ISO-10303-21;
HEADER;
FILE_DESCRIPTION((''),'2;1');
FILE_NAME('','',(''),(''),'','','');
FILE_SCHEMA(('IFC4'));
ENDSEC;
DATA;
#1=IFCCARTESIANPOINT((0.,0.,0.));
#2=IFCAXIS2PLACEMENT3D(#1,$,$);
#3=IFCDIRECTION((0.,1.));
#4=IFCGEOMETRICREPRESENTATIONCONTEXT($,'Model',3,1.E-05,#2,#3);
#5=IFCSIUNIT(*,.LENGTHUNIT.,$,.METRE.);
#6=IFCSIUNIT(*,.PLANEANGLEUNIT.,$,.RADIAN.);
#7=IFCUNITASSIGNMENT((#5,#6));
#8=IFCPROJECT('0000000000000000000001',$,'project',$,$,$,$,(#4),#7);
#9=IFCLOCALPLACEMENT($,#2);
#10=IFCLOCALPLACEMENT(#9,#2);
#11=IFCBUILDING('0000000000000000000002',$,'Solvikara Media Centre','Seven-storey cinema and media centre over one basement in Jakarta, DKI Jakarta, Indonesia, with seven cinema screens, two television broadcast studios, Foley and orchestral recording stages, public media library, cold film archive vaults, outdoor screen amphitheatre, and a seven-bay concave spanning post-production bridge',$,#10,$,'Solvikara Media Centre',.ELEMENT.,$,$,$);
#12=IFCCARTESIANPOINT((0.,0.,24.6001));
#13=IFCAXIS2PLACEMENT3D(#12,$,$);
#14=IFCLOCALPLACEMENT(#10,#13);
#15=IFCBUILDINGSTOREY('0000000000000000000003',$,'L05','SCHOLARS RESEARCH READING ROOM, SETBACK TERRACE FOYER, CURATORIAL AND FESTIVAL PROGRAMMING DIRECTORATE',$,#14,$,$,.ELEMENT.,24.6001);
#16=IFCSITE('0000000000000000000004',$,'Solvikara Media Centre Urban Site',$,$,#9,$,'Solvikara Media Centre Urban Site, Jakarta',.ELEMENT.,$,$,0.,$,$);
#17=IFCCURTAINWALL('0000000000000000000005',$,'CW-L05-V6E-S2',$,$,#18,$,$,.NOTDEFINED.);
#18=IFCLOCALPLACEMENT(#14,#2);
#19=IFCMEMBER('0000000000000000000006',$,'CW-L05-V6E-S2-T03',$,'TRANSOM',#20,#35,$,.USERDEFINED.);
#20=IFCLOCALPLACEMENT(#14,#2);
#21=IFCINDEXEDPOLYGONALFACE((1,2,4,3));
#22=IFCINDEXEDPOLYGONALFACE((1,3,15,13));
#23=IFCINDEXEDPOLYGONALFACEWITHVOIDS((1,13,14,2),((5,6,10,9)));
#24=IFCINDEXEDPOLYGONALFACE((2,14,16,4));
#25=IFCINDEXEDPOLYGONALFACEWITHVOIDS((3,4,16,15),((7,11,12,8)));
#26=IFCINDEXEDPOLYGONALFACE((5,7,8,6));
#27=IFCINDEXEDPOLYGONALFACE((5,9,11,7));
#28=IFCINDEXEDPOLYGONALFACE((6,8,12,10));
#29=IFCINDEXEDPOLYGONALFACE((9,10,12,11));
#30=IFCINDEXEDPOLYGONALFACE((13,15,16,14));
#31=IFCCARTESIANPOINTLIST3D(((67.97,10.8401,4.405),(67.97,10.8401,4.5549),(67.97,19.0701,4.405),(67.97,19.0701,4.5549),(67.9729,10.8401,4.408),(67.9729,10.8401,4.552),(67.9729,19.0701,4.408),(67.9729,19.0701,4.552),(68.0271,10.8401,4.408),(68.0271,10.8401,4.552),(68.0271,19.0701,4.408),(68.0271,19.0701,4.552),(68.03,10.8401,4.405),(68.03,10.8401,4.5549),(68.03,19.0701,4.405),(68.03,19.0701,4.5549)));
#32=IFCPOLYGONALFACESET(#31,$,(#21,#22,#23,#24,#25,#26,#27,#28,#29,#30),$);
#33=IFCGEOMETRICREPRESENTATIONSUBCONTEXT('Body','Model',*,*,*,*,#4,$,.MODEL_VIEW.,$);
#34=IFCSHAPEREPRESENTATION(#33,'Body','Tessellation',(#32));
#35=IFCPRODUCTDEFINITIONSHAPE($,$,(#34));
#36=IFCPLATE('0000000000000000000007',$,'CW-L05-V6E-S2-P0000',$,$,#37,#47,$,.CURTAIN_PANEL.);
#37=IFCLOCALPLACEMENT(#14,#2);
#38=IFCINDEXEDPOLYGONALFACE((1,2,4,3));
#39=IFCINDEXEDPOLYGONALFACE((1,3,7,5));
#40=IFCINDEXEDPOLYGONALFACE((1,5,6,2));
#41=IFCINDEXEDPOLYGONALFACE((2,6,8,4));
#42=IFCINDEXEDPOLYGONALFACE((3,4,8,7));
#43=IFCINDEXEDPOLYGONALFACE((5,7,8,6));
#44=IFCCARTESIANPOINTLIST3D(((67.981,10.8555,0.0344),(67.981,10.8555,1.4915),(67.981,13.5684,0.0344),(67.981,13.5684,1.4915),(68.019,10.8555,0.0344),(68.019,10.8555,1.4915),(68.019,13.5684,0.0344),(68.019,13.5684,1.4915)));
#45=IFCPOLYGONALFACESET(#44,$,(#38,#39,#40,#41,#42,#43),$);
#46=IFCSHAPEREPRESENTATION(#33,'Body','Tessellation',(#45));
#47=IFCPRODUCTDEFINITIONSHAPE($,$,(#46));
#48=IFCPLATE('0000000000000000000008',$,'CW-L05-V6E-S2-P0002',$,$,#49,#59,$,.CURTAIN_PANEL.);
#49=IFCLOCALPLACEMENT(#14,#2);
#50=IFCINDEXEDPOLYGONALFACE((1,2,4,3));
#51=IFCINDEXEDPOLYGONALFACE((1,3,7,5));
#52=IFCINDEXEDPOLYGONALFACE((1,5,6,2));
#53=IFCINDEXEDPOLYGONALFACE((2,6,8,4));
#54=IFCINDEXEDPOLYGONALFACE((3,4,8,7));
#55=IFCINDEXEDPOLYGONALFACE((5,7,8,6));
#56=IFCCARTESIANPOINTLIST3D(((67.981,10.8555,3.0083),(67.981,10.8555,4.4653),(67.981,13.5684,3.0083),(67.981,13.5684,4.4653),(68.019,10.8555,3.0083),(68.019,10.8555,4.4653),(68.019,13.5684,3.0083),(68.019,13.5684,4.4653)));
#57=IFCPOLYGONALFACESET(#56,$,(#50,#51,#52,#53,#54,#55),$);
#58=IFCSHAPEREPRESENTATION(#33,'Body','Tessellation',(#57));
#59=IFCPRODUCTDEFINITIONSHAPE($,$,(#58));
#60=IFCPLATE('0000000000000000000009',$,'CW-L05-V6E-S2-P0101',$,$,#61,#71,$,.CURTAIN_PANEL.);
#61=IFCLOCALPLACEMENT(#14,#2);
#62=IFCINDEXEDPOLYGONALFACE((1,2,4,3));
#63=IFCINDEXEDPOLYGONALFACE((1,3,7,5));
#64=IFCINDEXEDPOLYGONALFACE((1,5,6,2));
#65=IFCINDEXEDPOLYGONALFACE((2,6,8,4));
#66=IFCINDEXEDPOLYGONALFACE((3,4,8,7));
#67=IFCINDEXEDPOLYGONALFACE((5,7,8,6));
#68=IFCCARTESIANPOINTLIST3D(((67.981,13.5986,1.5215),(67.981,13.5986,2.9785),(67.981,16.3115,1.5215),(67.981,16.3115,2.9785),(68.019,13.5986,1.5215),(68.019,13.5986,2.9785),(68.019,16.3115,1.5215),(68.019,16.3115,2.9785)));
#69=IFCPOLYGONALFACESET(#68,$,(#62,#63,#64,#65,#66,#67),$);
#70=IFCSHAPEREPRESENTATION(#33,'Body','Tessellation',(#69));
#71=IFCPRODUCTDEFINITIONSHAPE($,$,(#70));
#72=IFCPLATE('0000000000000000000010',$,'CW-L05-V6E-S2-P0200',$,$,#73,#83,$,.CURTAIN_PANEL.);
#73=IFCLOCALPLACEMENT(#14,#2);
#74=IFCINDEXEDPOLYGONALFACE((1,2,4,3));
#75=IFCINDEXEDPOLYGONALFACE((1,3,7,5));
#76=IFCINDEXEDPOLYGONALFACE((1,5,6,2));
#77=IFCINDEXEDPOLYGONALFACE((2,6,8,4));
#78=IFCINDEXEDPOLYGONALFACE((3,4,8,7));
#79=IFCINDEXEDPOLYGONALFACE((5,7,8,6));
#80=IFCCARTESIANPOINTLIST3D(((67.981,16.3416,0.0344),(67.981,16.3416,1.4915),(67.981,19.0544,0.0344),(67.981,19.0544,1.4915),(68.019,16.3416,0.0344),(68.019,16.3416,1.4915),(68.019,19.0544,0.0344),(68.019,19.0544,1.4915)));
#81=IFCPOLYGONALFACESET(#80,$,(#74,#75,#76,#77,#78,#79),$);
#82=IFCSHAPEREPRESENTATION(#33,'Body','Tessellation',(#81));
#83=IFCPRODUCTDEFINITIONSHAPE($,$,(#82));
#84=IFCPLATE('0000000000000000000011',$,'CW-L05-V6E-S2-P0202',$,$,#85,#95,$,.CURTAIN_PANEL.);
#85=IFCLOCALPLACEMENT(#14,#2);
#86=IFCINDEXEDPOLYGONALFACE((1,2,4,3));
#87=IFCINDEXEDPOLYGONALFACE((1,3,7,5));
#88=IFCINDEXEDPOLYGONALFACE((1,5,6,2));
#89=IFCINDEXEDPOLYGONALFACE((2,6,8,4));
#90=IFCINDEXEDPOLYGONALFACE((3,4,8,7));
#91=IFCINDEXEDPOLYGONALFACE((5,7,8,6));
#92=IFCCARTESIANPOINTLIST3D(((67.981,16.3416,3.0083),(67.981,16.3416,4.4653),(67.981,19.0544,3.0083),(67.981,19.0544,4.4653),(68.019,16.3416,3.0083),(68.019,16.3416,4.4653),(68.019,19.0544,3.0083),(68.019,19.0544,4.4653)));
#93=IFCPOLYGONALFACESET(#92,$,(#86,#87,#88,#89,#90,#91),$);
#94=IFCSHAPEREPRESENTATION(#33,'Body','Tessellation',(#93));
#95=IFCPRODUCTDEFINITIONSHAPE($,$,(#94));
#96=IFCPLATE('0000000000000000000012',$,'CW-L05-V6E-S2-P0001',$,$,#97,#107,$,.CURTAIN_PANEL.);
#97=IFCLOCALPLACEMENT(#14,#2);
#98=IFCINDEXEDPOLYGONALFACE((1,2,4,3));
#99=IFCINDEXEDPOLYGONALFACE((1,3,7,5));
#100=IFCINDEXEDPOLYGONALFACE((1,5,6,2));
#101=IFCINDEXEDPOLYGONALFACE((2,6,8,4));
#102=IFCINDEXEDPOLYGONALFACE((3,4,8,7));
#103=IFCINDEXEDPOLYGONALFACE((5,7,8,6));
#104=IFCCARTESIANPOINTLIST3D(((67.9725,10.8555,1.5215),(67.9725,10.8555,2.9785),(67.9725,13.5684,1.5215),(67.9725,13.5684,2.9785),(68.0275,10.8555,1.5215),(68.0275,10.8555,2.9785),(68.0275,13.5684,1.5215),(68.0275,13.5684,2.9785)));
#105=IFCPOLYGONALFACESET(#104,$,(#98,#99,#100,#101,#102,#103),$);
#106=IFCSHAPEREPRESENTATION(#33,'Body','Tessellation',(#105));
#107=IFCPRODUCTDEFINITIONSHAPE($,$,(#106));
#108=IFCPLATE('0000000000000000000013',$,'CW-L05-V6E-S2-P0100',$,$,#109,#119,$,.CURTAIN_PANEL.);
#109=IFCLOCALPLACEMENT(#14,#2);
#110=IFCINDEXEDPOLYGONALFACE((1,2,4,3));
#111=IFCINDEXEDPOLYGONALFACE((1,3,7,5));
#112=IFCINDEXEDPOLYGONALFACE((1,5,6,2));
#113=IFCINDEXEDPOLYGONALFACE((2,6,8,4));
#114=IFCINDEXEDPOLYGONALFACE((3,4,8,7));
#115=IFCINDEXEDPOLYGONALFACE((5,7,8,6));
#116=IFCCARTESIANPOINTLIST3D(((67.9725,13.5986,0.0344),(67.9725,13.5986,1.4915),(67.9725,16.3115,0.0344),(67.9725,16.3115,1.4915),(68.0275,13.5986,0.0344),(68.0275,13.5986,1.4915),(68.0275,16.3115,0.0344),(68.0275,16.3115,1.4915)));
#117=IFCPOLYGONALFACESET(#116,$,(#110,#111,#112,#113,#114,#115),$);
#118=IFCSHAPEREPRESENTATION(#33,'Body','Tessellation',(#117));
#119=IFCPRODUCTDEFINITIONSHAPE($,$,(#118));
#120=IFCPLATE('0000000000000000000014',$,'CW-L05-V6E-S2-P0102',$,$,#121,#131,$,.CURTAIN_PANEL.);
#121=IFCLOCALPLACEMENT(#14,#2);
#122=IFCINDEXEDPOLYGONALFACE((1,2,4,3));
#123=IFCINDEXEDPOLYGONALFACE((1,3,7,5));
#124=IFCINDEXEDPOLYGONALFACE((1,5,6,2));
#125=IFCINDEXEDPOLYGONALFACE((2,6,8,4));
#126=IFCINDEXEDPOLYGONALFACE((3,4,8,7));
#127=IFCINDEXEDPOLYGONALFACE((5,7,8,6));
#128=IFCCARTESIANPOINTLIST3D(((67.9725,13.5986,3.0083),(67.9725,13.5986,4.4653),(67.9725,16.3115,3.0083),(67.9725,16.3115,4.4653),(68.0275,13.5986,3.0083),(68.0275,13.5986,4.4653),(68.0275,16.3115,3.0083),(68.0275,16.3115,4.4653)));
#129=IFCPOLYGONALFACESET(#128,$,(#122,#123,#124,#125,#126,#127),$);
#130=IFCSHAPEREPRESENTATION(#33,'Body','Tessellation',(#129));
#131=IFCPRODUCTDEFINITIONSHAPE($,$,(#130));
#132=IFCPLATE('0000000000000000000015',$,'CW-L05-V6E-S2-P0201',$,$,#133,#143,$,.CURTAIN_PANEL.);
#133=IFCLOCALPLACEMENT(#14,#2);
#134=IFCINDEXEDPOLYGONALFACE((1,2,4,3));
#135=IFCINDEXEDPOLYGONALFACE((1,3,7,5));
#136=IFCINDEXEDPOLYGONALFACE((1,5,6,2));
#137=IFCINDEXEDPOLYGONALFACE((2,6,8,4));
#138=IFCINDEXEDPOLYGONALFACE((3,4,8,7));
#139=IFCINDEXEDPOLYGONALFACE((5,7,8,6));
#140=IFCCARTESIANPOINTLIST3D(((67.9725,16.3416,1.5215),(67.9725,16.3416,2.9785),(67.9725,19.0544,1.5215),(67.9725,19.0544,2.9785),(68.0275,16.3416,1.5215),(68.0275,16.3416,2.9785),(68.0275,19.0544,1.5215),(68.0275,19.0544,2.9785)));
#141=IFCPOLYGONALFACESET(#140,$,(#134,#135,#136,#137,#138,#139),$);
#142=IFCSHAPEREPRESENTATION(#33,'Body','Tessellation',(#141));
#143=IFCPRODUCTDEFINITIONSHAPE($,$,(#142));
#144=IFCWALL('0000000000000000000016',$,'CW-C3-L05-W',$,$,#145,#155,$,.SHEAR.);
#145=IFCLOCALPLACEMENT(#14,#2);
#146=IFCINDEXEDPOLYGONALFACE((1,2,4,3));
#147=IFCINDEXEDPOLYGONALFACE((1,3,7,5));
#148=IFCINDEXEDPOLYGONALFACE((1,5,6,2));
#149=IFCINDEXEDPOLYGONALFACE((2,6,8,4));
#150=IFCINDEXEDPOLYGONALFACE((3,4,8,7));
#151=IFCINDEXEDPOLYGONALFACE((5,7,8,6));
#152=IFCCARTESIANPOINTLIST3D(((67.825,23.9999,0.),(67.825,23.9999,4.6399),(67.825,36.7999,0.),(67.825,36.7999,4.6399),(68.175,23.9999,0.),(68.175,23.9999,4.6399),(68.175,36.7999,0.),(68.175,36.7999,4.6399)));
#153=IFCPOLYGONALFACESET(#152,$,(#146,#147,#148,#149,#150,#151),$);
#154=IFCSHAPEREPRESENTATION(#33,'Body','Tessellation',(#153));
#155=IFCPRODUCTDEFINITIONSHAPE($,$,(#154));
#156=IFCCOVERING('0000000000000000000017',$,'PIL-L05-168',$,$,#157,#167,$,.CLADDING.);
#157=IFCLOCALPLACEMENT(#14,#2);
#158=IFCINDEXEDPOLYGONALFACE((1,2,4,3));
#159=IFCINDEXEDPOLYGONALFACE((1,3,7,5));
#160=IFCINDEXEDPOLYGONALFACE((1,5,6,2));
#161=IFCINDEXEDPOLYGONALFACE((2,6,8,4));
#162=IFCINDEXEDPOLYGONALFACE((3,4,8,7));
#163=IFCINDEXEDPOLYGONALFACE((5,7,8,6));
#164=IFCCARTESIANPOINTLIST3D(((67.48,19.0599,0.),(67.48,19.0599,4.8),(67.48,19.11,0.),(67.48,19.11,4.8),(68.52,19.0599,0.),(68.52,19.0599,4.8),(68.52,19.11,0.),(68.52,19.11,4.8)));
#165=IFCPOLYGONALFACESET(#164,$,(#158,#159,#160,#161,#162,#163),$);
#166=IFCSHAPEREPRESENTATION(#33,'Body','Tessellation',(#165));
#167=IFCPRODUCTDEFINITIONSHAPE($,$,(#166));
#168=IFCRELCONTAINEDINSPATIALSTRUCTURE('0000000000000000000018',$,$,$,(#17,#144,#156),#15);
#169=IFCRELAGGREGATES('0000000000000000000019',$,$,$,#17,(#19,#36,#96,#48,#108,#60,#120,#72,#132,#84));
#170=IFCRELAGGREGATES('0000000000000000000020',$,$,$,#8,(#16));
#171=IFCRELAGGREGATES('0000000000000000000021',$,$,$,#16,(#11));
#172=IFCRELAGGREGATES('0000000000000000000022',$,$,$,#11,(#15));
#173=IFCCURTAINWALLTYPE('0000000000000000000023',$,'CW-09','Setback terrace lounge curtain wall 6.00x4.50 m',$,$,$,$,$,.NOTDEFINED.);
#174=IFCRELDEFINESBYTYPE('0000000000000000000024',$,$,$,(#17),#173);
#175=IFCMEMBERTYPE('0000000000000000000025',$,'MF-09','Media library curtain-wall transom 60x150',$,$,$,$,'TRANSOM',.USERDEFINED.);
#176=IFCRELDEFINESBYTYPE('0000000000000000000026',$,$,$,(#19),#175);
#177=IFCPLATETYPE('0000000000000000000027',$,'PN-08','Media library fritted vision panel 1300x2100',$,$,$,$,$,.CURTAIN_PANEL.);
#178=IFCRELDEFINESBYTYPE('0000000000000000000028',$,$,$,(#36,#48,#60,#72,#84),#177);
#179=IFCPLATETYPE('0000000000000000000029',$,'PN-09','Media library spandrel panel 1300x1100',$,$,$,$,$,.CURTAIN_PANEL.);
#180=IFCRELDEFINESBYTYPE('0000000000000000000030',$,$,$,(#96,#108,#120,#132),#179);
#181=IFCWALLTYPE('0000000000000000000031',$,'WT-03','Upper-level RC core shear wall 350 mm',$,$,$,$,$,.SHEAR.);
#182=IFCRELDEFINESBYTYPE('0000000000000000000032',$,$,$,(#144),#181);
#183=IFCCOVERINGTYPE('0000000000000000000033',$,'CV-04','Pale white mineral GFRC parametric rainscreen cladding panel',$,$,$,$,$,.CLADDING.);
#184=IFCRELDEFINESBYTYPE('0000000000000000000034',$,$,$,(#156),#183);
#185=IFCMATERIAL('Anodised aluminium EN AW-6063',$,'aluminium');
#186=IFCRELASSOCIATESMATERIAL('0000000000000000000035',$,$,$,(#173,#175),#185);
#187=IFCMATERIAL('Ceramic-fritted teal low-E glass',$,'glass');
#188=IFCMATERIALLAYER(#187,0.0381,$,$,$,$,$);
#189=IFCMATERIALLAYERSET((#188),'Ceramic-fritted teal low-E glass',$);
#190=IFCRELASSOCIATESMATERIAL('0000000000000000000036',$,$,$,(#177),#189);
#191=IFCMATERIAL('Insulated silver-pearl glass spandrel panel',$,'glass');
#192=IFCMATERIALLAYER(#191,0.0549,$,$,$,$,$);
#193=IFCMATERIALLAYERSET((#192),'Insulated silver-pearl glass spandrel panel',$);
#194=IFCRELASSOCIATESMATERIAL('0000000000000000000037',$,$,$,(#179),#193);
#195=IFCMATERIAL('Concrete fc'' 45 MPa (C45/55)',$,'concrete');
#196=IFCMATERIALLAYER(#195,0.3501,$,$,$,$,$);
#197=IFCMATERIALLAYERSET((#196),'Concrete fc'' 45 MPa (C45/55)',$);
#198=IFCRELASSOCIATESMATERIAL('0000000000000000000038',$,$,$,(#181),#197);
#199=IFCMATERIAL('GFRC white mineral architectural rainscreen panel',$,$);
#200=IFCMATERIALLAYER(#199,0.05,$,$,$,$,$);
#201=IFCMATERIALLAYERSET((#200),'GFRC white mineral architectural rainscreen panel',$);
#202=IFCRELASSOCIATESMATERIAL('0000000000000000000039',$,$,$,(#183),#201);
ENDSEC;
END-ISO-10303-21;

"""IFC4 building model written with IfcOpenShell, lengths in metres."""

from ifc_helpers import new_model, si_unit, direction, frame, frame_2d, origin, origin_2d, place, context, subcontext, project, spatial, rectangle, hollow_rectangle, extrude, material, layer, layer_set, material_profile, profile_set, type_object, element, aggregate, save


model = new_model("IFC4")

# Units and contexts
model_context = context("Model", 3, precision=1e-05, world=origin(), true_north=direction((0.0, 1.0)))
body_context = subcontext(model_context, "Body", "Model", "MODEL_VIEW")
ifc_project = project(units=[si_unit("LENGTHUNIT", "METRE"), si_unit("PLANEANGLEUNIT", "RADIAN")], contexts=[model_context])

# Site, building, storey
site_placement = place(None, origin())
site = spatial("IfcSite", under=ifc_project, at=site_placement, Name="Solvikara Media Centre Urban Site", LongName="Solvikara Media Centre Urban Site, Jakarta", CompositionType="ELEMENT", RefElevation=0.0)
building_placement = place(site_placement, origin())
building = spatial("IfcBuilding", under=site, at=building_placement, Name="Solvikara Media Centre", Description="Seven-storey cinema and media centre over one basement in Jakarta, DKI Jakarta, Indonesia, with seven cinema screens, two television broadcast studios, Foley and orchestral recording stages, public media library, cold film archive vaults, outdoor screen amphitheatre, and a seven-bay concave spanning post-production bridge", LongName="Solvikara Media Centre", CompositionType="ELEMENT")
storey_placement = place(building_placement, frame((0.0, 0.0, 24.6001)))
storey = spatial("IfcBuildingStorey", under=building, at=storey_placement, Name="L05", Description="SCHOLARS RESEARCH READING ROOM, SETBACK TERRACE FOYER, CURATORIAL AND FESTIVAL PROGRAMMING DIRECTORATE", CompositionType="ELEMENT", Elevation=24.6001)

# Shared definitions
ifc_material_1 = material(Name="Concrete fc' 45 MPa (C45/55)", Category="concrete")

# Curtain wall, member, plates
ifc_material_2 = material(Name="Anodised aluminium EN AW-6063", Category="aluminium")
curtain_wall_type = type_object("IfcCurtainWallType", Name="CW-09", Description="Setback terrace lounge curtain wall 6.00x4.50 m", PredefinedType="NOTDEFINED", material=ifc_material_2)
curtain_wall_placement = place(storey_placement, origin())
curtain_wall = element("IfcCurtainWall", 1, at=curtain_wall_placement, inside=storey, type_object=curtain_wall_type, Name="CW-L05-V6E-S2", PredefinedType="NOTDEFINED")
ifc_material_profile_1 = material_profile(ifc_material_2, hollow_rectangle(XDim=0.0601, YDim=0.1499, WallThickness=0.0029, at=origin_2d()), Name="ALU-T 60x150x3")
ifc_profile_set_1 = profile_set([ifc_material_profile_1], Name="Anodised aluminium EN AW-6063")
member_type_1 = type_object("IfcMemberType", Name="MF-09", Description="Media library curtain-wall transom 60x150", ElementType="TRANSOM", PredefinedType="USERDEFINED", material=ifc_profile_set_1)
member_1_placement = place(storey_placement, frame((68.0, 10.8401, 4.48), z_axis=(0.0, 1.0, 0.0), x_axis=(-1.0, 0.0, 0.0)))
member_1 = element("IfcMember", 2, at=member_1_placement, type_object=member_type_1, Name="CW-L05-V6E-S2-T03", ObjectType="TRANSOM", PredefinedType="USERDEFINED", context=body_context, shape_type="SweptSolid", body=[
    extrude(hollow_rectangle(XDim=0.0601, YDim=0.1499, WallThickness=0.0029, at=origin_2d()), origin(), (0.0, 0.0, 1.0), 8.23),
])
ifc_material_3 = material(Name="Ceramic-fritted teal low-E glass", Category="glass")
ifc_layer_1 = layer(ifc_material_3, 0.0381)
ifc_layer_set_1 = layer_set([ifc_layer_1], Name="Ceramic-fritted teal low-E glass")
plate_type_1 = type_object("IfcPlateType", Name="PN-08", Description="Media library fritted vision panel 1300x2100", PredefinedType="CURTAIN_PANEL", material=ifc_layer_set_1)
plate_1_placement = place(storey_placement, frame((68.0, 12.2119, 0.0344), z_axis=(0.0, 0.0, 1.0), x_axis=(0.0, 1.0, 0.0)))
plate_1 = element("IfcPlate", 3, at=plate_1_placement, type_object=plate_type_1, Name="CW-L05-V6E-S2-P0000", PredefinedType="CURTAIN_PANEL", context=body_context, shape_type="SweptSolid", body=[
    extrude(rectangle(XDim=2.7129, YDim=0.0381, at=origin_2d()), origin(), (0.0, 0.0, 1.0), 1.457),
])
plate_2_placement = place(storey_placement, frame((68.0, 12.2119, 3.0083), z_axis=(0.0, 0.0, 1.0), x_axis=(0.0, 1.0, 0.0)))
plate_2 = element("IfcPlate", 4, at=plate_2_placement, type_object=plate_type_1, Name="CW-L05-V6E-S2-P0002", PredefinedType="CURTAIN_PANEL", context=body_context, shape_type="SweptSolid", body=[
    extrude(rectangle(XDim=2.7129, YDim=0.0381, at=origin_2d()), origin(), (0.0, 0.0, 1.0), 1.457),
])
plate_3_placement = place(storey_placement, frame((68.0, 14.9551, 1.5215), z_axis=(0.0, 0.0, 1.0), x_axis=(0.0, 1.0, 0.0)))
plate_3 = element("IfcPlate", 5, at=plate_3_placement, type_object=plate_type_1, Name="CW-L05-V6E-S2-P0101", PredefinedType="CURTAIN_PANEL", context=body_context, shape_type="SweptSolid", body=[
    extrude(rectangle(XDim=2.7129, YDim=0.0381, at=origin_2d()), origin(), (0.0, 0.0, 1.0), 1.457),
])
plate_4_placement = place(storey_placement, frame((68.0, 17.698, 0.0344), z_axis=(0.0, 0.0, 1.0), x_axis=(0.0, 1.0, 0.0)))
plate_4 = element("IfcPlate", 6, at=plate_4_placement, type_object=plate_type_1, Name="CW-L05-V6E-S2-P0200", PredefinedType="CURTAIN_PANEL", context=body_context, shape_type="SweptSolid", body=[
    extrude(rectangle(XDim=2.7129, YDim=0.0381, at=origin_2d()), origin(), (0.0, 0.0, 1.0), 1.457),
])
plate_5_placement = place(storey_placement, frame((68.0, 17.698, 3.0083), z_axis=(0.0, 0.0, 1.0), x_axis=(0.0, 1.0, 0.0)))
plate_5 = element("IfcPlate", 7, at=plate_5_placement, type_object=plate_type_1, Name="CW-L05-V6E-S2-P0202", PredefinedType="CURTAIN_PANEL", context=body_context, shape_type="SweptSolid", body=[
    extrude(rectangle(XDim=2.7129, YDim=0.0381, at=origin_2d()), origin(), (0.0, 0.0, 1.0), 1.457),
])
ifc_material_4 = material(Name="Insulated silver-pearl glass spandrel panel", Category="glass")
ifc_layer_2 = layer(ifc_material_4, 0.0549)
ifc_layer_set_2 = layer_set([ifc_layer_2], Name="Insulated silver-pearl glass spandrel panel")
plate_type_2 = type_object("IfcPlateType", Name="PN-09", Description="Media library spandrel panel 1300x1100", PredefinedType="CURTAIN_PANEL", material=ifc_layer_set_2)
plate_6_placement = place(storey_placement, frame((68.0, 12.2119, 1.5215), z_axis=(0.0, 0.0, 1.0), x_axis=(0.0, 1.0, 0.0)))
plate_6 = element("IfcPlate", 8, at=plate_6_placement, type_object=plate_type_2, Name="CW-L05-V6E-S2-P0001", PredefinedType="CURTAIN_PANEL", context=body_context, shape_type="SweptSolid", body=[
    extrude(rectangle(XDim=2.7129, YDim=0.0549, at=origin_2d()), origin(), (0.0, 0.0, 1.0), 1.457),
])
plate_7_placement = place(storey_placement, frame((68.0, 14.9551, 0.0344), z_axis=(0.0, 0.0, 1.0), x_axis=(0.0, 1.0, 0.0)))
plate_7 = element("IfcPlate", 9, at=plate_7_placement, type_object=plate_type_2, Name="CW-L05-V6E-S2-P0100", PredefinedType="CURTAIN_PANEL", context=body_context, shape_type="SweptSolid", body=[
    extrude(rectangle(XDim=2.7129, YDim=0.0549, at=origin_2d()), origin(), (0.0, 0.0, 1.0), 1.457),
])
plate_8_placement = place(storey_placement, frame((68.0, 14.9551, 3.0083), z_axis=(0.0, 0.0, 1.0), x_axis=(0.0, 1.0, 0.0)))
plate_8 = element("IfcPlate", 10, at=plate_8_placement, type_object=plate_type_2, Name="CW-L05-V6E-S2-P0102", PredefinedType="CURTAIN_PANEL", context=body_context, shape_type="SweptSolid", body=[
    extrude(rectangle(XDim=2.7129, YDim=0.0549, at=origin_2d()), origin(), (0.0, 0.0, 1.0), 1.457),
])
plate_9_placement = place(storey_placement, frame((68.0, 17.698, 1.5215), z_axis=(0.0, 0.0, 1.0), x_axis=(0.0, 1.0, 0.0)))
plate_9 = element("IfcPlate", 11, at=plate_9_placement, type_object=plate_type_2, Name="CW-L05-V6E-S2-P0201", PredefinedType="CURTAIN_PANEL", context=body_context, shape_type="SweptSolid", body=[
    extrude(rectangle(XDim=2.7129, YDim=0.0549, at=origin_2d()), origin(), (0.0, 0.0, 1.0), 1.457),
])
aggregate(curtain_wall, [member_1, plate_1, plate_6, plate_2, plate_7, plate_3, plate_8, plate_4, plate_9, plate_5])

# Wall
ifc_layer_3 = layer(ifc_material_1, 0.3501)
ifc_layer_set_3 = layer_set([ifc_layer_3], Name="Concrete fc' 45 MPa (C45/55)")
wall_type = type_object("IfcWallType", Name="WT-03", Description="Upper-level RC core shear wall 350 mm", PredefinedType="SHEAR", material=ifc_layer_set_3)
wall_placement = place(storey_placement, frame((68.0, 24.0, 0.0), z_axis=(0.0, 0.0, 1.0), x_axis=(0.0, 1.0, 0.0)))
element("IfcWall", 12, at=wall_placement, inside=storey, type_object=wall_type, Name="CW-C3-L05-W", PredefinedType="SHEAR", context=body_context, shape_type="SweptSolid", body=[
    extrude(rectangle(XDim=12.8, YDim=0.3501, at=frame_2d((6.3999, 0.0))), origin(), (0.0, 0.0, 1.0), 4.6399),
])

# Covering
ifc_material_5 = material(Name="GFRC white mineral architectural rainscreen panel")
ifc_layer_4 = layer(ifc_material_5, 0.05)
ifc_layer_set_4 = layer_set([ifc_layer_4], Name="GFRC white mineral architectural rainscreen panel")
covering_type = type_object("IfcCoveringType", Name="CV-04", Description="Pale white mineral GFRC parametric rainscreen cladding panel", PredefinedType="CLADDING", material=ifc_layer_set_4)
covering_placement = place(storey_placement, frame((68.0, 19.085, 0.0), z_axis=(0.0, 0.0, 1.0), x_axis=(1.0, 0.0, 0.0)))
element("IfcCovering", 13, at=covering_placement, inside=storey, type_object=covering_type, Name="PIL-L05-168", PredefinedType="CLADDING", context=body_context, shape_type="SweptSolid", body=[
    extrude(rectangle(XDim=1.04, YDim=0.05, at=origin_2d()), origin(), (0.0, 0.0, 1.0), 4.8),
])

save(model, "model.ifc")
